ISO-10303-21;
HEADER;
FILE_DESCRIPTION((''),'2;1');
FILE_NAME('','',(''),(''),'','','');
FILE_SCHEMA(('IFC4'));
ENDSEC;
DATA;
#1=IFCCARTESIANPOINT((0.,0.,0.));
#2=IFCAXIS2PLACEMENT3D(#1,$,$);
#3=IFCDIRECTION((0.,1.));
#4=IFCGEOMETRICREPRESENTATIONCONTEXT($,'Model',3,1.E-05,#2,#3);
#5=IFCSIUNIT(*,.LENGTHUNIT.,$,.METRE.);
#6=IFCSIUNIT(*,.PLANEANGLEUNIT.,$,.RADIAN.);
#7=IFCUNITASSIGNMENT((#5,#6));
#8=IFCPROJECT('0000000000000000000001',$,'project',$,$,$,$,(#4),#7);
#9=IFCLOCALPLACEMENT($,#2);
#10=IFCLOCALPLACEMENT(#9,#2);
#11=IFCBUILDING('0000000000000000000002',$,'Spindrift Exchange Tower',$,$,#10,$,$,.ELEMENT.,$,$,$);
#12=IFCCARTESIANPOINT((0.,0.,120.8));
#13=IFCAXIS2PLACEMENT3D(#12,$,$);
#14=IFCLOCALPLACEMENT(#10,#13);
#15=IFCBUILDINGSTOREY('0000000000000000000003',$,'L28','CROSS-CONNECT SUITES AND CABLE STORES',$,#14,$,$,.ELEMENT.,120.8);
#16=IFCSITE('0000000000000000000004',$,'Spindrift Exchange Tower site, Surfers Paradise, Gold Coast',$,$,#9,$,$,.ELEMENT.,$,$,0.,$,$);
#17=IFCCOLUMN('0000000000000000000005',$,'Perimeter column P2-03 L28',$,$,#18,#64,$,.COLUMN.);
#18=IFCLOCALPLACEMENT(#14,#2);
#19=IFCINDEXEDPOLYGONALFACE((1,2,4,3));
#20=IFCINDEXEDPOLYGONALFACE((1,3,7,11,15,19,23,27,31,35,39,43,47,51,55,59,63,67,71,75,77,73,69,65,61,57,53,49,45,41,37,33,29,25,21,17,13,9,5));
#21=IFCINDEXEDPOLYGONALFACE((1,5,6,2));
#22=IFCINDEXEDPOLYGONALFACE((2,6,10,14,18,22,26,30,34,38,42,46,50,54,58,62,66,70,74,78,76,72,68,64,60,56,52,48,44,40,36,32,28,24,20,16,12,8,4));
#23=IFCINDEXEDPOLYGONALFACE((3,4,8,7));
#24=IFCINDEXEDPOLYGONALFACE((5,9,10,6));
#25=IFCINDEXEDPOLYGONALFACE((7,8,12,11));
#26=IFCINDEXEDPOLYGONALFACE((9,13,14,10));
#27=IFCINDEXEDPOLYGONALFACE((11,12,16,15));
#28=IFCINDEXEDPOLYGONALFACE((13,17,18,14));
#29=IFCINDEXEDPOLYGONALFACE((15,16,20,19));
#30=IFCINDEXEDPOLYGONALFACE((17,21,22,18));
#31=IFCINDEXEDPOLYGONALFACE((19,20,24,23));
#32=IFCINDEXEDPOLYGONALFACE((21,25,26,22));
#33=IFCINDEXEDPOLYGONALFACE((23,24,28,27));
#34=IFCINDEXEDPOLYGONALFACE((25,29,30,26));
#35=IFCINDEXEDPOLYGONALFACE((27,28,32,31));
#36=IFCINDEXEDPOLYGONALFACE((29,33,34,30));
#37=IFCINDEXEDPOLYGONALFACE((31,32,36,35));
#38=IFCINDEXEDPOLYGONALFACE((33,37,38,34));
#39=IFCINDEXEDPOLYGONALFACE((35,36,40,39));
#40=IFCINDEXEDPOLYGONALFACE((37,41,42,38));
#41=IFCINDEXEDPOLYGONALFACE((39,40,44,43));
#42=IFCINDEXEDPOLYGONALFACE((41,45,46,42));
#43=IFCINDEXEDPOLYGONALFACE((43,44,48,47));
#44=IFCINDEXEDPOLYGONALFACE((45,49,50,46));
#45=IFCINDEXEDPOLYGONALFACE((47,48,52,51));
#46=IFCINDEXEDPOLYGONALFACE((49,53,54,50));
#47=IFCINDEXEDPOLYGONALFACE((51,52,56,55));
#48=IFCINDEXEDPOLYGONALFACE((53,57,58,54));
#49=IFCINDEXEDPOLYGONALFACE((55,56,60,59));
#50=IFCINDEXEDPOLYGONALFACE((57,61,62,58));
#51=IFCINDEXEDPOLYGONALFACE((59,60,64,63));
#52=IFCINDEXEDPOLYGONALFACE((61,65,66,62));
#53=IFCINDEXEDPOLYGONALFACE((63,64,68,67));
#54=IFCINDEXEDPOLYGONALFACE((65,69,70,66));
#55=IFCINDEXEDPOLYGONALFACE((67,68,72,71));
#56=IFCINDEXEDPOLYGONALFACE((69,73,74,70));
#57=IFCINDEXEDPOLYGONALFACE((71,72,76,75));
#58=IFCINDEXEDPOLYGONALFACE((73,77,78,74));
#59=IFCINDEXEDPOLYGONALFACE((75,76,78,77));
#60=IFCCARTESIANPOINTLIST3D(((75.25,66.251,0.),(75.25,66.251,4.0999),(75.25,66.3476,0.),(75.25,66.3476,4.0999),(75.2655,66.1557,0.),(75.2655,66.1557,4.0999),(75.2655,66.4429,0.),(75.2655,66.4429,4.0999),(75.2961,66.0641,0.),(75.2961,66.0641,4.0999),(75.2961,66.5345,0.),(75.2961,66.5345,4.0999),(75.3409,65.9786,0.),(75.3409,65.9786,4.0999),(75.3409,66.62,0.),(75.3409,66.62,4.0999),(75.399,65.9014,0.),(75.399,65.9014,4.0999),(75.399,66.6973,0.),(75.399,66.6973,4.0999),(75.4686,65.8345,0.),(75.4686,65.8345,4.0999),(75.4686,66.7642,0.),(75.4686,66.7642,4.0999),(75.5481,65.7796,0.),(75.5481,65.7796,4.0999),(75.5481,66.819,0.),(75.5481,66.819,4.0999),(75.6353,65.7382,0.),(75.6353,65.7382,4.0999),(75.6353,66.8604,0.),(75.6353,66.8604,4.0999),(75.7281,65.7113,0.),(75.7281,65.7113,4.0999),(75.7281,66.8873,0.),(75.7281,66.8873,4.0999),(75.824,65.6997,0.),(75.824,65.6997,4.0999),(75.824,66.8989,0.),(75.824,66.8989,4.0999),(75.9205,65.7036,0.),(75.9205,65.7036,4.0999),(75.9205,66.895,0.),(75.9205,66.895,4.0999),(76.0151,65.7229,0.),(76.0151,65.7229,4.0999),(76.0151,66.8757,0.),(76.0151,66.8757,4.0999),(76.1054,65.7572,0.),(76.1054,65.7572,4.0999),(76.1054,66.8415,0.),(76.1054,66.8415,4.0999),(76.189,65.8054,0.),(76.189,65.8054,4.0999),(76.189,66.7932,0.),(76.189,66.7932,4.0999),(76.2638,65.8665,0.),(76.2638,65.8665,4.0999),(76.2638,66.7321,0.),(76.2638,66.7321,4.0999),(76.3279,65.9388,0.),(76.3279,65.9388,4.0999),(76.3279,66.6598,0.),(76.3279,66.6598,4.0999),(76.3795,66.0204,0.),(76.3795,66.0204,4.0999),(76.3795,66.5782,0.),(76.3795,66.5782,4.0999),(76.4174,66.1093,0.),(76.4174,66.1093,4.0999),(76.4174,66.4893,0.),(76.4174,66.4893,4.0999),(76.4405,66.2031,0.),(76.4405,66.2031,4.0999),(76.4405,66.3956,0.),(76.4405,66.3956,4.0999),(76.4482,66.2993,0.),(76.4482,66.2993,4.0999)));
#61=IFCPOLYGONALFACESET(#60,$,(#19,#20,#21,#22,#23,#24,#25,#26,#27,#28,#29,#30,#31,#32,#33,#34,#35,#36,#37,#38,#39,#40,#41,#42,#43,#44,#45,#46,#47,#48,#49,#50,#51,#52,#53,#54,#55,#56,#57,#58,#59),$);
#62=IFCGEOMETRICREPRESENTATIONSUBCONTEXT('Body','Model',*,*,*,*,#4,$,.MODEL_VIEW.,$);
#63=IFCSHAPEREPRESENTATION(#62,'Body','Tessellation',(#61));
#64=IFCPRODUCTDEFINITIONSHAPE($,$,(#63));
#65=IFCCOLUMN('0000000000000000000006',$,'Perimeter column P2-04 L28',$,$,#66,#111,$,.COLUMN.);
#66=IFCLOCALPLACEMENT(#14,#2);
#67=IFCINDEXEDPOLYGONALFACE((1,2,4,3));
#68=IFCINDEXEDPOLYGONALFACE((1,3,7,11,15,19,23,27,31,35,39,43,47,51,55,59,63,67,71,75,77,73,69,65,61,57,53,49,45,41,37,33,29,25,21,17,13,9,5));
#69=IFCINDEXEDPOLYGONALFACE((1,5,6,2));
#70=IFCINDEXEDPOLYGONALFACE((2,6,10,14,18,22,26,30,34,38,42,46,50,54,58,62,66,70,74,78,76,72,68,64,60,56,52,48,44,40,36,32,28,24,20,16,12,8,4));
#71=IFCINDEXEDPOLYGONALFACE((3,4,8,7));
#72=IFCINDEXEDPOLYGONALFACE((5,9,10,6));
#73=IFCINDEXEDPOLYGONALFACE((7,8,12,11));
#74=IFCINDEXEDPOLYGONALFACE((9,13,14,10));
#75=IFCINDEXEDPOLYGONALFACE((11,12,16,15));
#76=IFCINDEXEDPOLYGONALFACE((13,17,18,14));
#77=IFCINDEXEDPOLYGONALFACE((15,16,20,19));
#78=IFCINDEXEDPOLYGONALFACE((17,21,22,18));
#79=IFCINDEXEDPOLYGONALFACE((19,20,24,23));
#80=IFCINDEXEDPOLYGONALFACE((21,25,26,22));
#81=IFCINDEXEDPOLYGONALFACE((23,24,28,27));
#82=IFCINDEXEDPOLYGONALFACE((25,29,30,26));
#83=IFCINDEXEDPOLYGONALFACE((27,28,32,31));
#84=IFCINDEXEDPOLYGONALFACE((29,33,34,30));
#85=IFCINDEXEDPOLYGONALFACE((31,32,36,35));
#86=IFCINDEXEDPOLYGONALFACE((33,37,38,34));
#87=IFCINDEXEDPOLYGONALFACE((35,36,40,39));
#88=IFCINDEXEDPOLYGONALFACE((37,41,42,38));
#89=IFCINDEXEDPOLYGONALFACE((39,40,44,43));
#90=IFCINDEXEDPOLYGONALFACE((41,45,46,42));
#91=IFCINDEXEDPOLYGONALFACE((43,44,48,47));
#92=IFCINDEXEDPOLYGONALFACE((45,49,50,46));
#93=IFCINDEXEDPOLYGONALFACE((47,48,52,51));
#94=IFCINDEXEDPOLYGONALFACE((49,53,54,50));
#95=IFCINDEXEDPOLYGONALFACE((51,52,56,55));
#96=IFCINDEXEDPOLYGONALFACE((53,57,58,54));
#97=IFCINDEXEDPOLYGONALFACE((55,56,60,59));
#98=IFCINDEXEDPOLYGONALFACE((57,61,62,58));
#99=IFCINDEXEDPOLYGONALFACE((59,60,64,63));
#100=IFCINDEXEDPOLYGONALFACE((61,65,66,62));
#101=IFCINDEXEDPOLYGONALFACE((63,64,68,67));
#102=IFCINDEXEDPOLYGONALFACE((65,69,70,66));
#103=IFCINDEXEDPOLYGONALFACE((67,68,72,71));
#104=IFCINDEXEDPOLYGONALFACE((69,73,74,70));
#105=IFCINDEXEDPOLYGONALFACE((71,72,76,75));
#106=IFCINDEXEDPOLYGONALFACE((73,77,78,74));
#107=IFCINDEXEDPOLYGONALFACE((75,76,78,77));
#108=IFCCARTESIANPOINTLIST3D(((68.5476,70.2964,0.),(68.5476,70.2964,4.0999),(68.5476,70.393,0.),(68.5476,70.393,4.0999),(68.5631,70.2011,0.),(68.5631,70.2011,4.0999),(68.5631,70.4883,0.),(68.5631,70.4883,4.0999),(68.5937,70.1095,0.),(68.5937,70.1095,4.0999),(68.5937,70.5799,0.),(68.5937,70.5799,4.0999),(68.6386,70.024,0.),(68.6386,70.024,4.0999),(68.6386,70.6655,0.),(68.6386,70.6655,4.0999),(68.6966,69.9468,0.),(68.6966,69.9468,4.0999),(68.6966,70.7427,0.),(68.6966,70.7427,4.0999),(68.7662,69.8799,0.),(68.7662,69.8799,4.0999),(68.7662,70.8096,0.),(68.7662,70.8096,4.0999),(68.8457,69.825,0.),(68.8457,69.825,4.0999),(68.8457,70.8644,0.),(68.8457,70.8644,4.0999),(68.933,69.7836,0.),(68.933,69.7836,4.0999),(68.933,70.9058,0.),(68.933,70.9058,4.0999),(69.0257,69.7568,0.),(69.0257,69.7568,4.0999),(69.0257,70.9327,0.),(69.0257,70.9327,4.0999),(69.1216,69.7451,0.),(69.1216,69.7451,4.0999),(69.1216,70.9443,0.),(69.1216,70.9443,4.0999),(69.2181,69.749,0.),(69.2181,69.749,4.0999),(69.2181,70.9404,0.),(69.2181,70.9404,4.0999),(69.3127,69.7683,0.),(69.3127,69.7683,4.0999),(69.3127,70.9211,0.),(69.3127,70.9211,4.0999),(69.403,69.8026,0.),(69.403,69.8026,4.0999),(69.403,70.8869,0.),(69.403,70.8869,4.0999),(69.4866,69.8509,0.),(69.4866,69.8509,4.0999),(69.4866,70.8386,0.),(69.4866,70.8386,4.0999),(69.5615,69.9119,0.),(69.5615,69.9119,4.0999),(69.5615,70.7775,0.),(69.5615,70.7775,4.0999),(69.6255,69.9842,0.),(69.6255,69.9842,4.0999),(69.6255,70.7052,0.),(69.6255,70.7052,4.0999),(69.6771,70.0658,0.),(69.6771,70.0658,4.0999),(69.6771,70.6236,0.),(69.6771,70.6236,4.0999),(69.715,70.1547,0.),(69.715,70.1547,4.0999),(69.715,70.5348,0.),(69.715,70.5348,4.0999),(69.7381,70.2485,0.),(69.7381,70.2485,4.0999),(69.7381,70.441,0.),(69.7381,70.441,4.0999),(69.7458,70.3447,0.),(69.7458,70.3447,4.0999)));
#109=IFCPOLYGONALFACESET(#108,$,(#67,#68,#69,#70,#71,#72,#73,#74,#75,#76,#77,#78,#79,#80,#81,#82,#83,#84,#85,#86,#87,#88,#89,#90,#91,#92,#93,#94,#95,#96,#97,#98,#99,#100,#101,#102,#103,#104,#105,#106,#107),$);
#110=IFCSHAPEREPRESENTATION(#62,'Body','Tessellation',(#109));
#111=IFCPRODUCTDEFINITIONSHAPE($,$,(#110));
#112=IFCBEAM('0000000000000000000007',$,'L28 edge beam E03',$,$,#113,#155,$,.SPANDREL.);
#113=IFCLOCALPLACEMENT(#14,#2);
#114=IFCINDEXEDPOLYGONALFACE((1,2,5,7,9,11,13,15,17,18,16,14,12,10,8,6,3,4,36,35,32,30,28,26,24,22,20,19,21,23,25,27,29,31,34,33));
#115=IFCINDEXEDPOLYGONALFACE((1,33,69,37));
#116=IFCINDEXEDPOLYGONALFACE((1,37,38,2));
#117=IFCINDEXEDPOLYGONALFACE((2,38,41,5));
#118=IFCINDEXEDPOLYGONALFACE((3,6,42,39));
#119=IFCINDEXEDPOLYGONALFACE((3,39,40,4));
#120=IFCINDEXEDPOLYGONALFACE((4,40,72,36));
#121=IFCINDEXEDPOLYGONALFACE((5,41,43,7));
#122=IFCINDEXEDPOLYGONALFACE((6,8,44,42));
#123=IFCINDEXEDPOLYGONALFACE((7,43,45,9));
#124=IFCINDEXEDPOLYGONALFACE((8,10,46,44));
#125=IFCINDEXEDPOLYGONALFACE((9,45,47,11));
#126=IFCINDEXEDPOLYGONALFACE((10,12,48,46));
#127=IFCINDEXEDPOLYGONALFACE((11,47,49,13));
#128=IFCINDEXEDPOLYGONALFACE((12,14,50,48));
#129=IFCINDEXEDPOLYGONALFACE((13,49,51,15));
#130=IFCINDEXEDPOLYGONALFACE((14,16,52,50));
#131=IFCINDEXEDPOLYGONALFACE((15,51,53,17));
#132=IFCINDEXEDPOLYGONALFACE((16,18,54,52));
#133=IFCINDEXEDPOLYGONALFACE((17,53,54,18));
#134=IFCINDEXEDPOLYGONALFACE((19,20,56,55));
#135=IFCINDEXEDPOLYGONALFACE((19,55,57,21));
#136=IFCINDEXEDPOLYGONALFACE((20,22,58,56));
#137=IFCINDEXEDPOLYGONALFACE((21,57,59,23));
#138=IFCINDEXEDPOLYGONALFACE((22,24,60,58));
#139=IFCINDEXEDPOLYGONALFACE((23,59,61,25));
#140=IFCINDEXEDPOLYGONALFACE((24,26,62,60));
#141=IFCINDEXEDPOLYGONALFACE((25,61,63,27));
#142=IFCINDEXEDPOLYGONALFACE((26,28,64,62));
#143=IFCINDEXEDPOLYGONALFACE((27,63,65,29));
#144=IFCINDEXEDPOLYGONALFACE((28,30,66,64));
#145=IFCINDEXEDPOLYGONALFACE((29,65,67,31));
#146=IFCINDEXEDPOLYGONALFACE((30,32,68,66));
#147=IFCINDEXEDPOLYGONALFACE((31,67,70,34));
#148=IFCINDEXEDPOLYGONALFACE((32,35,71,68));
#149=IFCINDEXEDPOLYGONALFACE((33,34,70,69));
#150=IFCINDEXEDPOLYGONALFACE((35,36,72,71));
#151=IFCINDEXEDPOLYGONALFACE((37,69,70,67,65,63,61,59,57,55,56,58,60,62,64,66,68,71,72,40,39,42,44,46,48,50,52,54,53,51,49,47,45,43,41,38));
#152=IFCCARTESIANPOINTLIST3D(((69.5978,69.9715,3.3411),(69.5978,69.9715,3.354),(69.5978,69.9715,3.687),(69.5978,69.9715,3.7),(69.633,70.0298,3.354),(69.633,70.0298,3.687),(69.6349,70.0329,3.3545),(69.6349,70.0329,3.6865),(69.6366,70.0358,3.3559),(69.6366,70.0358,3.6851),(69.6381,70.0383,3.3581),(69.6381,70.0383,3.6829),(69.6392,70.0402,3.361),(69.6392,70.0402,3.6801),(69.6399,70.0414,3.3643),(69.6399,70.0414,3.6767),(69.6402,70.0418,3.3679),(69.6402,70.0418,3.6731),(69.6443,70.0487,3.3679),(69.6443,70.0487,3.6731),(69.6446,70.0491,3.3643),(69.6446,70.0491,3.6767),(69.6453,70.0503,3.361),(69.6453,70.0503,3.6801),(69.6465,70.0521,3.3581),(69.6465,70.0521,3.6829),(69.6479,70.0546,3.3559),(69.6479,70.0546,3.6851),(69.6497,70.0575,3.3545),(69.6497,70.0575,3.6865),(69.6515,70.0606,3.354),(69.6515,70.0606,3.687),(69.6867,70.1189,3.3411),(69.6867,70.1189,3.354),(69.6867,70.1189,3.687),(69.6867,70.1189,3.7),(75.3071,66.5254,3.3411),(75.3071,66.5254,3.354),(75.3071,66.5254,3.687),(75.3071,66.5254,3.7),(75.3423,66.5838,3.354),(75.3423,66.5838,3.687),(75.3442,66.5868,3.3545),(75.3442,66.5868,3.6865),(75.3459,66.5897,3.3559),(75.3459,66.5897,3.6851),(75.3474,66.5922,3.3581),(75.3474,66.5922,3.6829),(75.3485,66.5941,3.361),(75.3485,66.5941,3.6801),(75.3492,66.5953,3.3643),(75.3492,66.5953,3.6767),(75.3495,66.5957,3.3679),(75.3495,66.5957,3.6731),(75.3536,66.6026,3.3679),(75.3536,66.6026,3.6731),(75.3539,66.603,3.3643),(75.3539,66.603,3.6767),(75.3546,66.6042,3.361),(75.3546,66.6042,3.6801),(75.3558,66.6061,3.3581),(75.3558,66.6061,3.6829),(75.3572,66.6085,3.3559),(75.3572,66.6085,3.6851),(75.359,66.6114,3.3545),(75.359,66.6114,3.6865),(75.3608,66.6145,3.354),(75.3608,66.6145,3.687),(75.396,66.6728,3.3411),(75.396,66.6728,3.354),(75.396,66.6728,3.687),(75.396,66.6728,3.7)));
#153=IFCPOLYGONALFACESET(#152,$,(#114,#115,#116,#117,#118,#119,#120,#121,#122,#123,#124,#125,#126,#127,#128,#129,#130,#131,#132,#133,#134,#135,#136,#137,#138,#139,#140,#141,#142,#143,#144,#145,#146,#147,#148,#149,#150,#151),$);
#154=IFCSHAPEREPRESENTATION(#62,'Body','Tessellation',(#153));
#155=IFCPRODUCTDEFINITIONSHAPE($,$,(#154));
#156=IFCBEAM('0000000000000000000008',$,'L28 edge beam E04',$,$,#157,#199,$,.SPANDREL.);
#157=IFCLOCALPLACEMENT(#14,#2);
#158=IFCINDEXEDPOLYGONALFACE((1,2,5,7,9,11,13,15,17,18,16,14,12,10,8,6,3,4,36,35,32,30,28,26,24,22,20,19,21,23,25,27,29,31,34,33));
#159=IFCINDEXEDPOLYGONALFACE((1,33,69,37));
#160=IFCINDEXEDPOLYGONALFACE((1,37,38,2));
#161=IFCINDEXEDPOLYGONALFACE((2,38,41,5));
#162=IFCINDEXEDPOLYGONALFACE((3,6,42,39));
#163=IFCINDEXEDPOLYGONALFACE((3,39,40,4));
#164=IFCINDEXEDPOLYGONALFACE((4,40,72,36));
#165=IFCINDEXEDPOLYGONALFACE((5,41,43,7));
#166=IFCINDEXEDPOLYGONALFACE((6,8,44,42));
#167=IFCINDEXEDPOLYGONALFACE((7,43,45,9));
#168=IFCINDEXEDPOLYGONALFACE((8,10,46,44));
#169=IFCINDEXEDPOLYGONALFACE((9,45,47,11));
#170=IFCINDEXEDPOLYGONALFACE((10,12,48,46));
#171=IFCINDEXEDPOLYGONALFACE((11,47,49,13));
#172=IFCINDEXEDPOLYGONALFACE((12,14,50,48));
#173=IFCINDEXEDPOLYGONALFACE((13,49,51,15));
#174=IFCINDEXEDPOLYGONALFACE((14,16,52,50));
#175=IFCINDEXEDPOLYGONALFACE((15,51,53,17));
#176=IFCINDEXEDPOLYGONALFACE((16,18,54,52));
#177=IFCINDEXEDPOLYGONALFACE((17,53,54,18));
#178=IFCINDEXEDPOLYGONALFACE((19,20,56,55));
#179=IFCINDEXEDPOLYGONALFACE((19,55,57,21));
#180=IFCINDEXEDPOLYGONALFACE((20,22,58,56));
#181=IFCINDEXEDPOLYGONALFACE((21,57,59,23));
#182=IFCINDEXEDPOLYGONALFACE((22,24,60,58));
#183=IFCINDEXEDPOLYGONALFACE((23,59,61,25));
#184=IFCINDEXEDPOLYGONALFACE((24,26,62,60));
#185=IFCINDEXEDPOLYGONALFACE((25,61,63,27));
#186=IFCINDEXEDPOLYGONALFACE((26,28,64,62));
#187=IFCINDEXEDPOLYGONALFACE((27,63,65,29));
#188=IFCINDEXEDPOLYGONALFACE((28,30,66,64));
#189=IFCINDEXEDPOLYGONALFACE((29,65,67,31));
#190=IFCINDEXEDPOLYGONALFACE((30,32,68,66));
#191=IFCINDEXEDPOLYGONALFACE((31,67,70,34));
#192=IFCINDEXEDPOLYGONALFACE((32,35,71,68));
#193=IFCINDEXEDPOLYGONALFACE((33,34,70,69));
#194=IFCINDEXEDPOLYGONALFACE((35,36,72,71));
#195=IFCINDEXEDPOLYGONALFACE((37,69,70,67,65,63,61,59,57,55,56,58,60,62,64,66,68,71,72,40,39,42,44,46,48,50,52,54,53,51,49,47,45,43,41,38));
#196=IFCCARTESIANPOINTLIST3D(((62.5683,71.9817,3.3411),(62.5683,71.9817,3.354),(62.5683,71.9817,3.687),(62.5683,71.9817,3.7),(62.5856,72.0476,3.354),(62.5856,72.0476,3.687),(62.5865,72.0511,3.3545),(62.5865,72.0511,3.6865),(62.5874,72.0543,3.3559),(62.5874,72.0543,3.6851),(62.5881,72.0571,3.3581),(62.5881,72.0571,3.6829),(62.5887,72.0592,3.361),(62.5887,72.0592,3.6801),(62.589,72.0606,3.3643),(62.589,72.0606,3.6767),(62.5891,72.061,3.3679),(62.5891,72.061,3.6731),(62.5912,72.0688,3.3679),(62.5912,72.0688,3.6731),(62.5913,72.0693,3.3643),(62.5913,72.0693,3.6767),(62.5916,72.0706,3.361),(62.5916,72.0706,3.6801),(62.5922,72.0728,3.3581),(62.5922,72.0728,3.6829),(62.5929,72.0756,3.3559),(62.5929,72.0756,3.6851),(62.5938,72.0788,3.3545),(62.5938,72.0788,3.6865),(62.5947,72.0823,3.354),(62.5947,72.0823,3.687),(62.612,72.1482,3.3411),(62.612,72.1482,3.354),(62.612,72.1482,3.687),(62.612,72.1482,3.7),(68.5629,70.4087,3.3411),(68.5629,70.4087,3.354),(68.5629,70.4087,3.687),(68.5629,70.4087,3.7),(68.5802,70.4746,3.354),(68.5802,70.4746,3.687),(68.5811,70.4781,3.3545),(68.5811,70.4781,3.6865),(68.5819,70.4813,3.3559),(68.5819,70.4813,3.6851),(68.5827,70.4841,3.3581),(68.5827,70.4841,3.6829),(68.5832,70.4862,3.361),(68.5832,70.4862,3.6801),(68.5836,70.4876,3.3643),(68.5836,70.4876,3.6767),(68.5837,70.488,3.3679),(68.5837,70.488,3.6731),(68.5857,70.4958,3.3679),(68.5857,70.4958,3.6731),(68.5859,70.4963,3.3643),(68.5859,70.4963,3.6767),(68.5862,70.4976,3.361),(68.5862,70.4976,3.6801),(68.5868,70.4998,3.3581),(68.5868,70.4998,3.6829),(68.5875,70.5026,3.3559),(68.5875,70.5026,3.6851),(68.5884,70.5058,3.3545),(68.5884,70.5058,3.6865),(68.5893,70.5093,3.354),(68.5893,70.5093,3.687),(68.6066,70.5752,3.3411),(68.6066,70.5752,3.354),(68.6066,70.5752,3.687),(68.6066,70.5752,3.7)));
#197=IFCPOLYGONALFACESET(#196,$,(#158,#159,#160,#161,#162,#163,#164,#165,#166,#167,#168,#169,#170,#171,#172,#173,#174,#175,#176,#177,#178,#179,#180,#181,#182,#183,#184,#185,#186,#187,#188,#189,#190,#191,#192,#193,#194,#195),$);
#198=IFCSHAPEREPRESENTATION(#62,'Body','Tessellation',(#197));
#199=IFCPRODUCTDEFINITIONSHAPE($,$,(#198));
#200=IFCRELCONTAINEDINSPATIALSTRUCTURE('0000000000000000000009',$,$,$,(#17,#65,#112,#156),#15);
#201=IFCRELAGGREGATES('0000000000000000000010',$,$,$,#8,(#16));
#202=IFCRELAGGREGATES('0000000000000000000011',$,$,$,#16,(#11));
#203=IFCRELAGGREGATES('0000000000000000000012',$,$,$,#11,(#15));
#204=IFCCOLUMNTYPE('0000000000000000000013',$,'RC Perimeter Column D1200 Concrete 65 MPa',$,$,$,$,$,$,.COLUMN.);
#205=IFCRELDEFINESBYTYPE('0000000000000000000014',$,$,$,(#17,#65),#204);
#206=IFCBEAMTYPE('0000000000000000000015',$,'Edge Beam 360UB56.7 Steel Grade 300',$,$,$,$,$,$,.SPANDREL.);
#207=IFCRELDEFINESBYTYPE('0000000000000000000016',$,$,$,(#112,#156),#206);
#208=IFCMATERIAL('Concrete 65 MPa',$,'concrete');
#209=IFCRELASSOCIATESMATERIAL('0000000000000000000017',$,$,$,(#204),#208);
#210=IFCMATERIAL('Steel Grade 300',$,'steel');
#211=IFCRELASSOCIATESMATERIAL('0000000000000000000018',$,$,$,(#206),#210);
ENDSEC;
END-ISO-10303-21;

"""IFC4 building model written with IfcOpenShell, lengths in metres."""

from ifc_helpers import new_model, si_unit, direction, frame, origin, origin_2d, place, context, subcontext, project, spatial, circle, i_section, extrude, source, transform, mapped, material, material_profile, profile_set, type_object, element, save


model = new_model("IFC4")

# Units and contexts
model_context = context("Model", 3, precision=1e-05, world=origin(), true_north=direction((0.0, 1.0)))
body_context = subcontext(model_context, "Body", "Model", "MODEL_VIEW")
ifc_project = project(units=[si_unit("LENGTHUNIT", "METRE"), si_unit("PLANEANGLEUNIT", "RADIAN")], contexts=[model_context])

# Site, building, storey
site_placement = place(None, origin())
site = spatial("IfcSite", under=ifc_project, at=site_placement, Name="Spindrift Exchange Tower site, Surfers Paradise, Gold Coast", CompositionType="ELEMENT", RefElevation=0.0)
building_placement = place(site_placement, origin())
building = spatial("IfcBuilding", under=site, at=building_placement, Name="Spindrift Exchange Tower", CompositionType="ELEMENT")
storey_placement = place(building_placement, frame((0.0, 0.0, 120.8)))
storey = spatial("IfcBuildingStorey", under=building, at=storey_placement, Name="L28", Description="CROSS-CONNECT SUITES AND CABLE STORES", CompositionType="ELEMENT", Elevation=120.8)

# Columns
ifc_material_1 = material(Name="Concrete 65 MPa", Category="concrete")
ifc_material_profile_1 = material_profile(ifc_material_1, circle(Radius=0.6001, at=origin_2d()), Name="RC D1200")
ifc_profile_set_1 = profile_set([ifc_material_profile_1], Name="Concrete 65 MPa")
column_type = type_object("IfcColumnType", Name="RC Perimeter Column D1200 Concrete 65 MPa", PredefinedType="COLUMN", material=ifc_profile_set_1)
shared_shape_1 = source(origin(), body_context, "Body", "SweptSolid", [
    extrude(circle(Radius=0.6001, at=origin_2d()), origin(), (0.0, 0.0, 1.0), 4.0999),
])
for number, where, z_axis, x_axis, name in (
    (1, (75.8481, 66.2993, 0.0), (0.0, 0.0, 1.0), (1.0, 0.0, 0.0), "Perimeter column P2-03 L28"),
    (2, (69.1458, 70.3447, 0.0), (0.0, 0.0, 1.0), (1.0, 0.0, 0.0), "Perimeter column P2-04 L28"),
):
    element("IfcColumn", number, at=place(storey_placement, frame(where, z_axis=z_axis, x_axis=x_axis)), inside=storey, type_object=column_type, Name=name, PredefinedType="COLUMN", context=body_context, shape_type="MappedRepresentation", body=[
        mapped(shared_shape_1, transform((0.0, 0.0, 0.0), scale=1.0)),
    ])

# Beams
ifc_material_2 = material(Name="Steel Grade 300", Category="steel")
ifc_material_profile_2 = material_profile(ifc_material_2, i_section(OverallWidth=0.1721, OverallDepth=0.3589, WebThickness=0.0081, FlangeThickness=0.0129, FilletRadius=0.0139, at=origin_2d()), Name="360UB56.7")
ifc_profile_set_2 = profile_set([ifc_material_profile_2], Name="Steel Grade 300")
beam_type_1 = type_object("IfcBeamType", Name="Edge Beam 360UB56.7 Steel Grade 300", PredefinedType="SPANDREL", material=ifc_profile_set_2)
shared_shape_2 = source(origin(), body_context, "Body", "SweptSolid", [
    extrude(i_section(OverallWidth=0.1721, OverallDepth=0.3589, WebThickness=0.0081, FlangeThickness=0.0129, FilletRadius=0.0139, at=origin_2d()), origin(), (0.0, 0.0, 1.0), 6.6687),
])
beam_1_placement = place(storey_placement, frame((75.3516, 66.5991, 3.5205), z_axis=(-0.856133, 0.516755, 0.0), x_axis=(-0.516755, -0.856133, 0.0)))
element("IfcBeam", 3, at=beam_1_placement, inside=storey, type_object=beam_type_1, Name="L28 edge beam E03", PredefinedType="SPANDREL", context=body_context, shape_type="MappedRepresentation", body=[
    mapped(shared_shape_2, transform((0.0, 0.0, 0.0), scale=1.0)),
])
shared_shape_3 = source(origin(), body_context, "Body", "SweptSolid", [
    extrude(i_section(OverallWidth=0.1721, OverallDepth=0.3589, WebThickness=0.0081, FlangeThickness=0.0129, FilletRadius=0.0139, at=origin_2d()), origin(), (0.0, 0.0, 1.0), 6.1975),
])
beam_2_placement = place(storey_placement, frame((68.5847, 70.4919, 3.5205), z_axis=(-0.967254, 0.253809, 0.0), x_axis=(-0.253809, -0.967254, 0.0)))
element("IfcBeam", 4, at=beam_2_placement, inside=storey, type_object=beam_type_1, Name="L28 edge beam E04", PredefinedType="SPANDREL", context=body_context, shape_type="MappedRepresentation", body=[
    mapped(shared_shape_3, transform((0.0, 0.0, 0.0), scale=1.0)),
])

save(model, "model.ifc")
